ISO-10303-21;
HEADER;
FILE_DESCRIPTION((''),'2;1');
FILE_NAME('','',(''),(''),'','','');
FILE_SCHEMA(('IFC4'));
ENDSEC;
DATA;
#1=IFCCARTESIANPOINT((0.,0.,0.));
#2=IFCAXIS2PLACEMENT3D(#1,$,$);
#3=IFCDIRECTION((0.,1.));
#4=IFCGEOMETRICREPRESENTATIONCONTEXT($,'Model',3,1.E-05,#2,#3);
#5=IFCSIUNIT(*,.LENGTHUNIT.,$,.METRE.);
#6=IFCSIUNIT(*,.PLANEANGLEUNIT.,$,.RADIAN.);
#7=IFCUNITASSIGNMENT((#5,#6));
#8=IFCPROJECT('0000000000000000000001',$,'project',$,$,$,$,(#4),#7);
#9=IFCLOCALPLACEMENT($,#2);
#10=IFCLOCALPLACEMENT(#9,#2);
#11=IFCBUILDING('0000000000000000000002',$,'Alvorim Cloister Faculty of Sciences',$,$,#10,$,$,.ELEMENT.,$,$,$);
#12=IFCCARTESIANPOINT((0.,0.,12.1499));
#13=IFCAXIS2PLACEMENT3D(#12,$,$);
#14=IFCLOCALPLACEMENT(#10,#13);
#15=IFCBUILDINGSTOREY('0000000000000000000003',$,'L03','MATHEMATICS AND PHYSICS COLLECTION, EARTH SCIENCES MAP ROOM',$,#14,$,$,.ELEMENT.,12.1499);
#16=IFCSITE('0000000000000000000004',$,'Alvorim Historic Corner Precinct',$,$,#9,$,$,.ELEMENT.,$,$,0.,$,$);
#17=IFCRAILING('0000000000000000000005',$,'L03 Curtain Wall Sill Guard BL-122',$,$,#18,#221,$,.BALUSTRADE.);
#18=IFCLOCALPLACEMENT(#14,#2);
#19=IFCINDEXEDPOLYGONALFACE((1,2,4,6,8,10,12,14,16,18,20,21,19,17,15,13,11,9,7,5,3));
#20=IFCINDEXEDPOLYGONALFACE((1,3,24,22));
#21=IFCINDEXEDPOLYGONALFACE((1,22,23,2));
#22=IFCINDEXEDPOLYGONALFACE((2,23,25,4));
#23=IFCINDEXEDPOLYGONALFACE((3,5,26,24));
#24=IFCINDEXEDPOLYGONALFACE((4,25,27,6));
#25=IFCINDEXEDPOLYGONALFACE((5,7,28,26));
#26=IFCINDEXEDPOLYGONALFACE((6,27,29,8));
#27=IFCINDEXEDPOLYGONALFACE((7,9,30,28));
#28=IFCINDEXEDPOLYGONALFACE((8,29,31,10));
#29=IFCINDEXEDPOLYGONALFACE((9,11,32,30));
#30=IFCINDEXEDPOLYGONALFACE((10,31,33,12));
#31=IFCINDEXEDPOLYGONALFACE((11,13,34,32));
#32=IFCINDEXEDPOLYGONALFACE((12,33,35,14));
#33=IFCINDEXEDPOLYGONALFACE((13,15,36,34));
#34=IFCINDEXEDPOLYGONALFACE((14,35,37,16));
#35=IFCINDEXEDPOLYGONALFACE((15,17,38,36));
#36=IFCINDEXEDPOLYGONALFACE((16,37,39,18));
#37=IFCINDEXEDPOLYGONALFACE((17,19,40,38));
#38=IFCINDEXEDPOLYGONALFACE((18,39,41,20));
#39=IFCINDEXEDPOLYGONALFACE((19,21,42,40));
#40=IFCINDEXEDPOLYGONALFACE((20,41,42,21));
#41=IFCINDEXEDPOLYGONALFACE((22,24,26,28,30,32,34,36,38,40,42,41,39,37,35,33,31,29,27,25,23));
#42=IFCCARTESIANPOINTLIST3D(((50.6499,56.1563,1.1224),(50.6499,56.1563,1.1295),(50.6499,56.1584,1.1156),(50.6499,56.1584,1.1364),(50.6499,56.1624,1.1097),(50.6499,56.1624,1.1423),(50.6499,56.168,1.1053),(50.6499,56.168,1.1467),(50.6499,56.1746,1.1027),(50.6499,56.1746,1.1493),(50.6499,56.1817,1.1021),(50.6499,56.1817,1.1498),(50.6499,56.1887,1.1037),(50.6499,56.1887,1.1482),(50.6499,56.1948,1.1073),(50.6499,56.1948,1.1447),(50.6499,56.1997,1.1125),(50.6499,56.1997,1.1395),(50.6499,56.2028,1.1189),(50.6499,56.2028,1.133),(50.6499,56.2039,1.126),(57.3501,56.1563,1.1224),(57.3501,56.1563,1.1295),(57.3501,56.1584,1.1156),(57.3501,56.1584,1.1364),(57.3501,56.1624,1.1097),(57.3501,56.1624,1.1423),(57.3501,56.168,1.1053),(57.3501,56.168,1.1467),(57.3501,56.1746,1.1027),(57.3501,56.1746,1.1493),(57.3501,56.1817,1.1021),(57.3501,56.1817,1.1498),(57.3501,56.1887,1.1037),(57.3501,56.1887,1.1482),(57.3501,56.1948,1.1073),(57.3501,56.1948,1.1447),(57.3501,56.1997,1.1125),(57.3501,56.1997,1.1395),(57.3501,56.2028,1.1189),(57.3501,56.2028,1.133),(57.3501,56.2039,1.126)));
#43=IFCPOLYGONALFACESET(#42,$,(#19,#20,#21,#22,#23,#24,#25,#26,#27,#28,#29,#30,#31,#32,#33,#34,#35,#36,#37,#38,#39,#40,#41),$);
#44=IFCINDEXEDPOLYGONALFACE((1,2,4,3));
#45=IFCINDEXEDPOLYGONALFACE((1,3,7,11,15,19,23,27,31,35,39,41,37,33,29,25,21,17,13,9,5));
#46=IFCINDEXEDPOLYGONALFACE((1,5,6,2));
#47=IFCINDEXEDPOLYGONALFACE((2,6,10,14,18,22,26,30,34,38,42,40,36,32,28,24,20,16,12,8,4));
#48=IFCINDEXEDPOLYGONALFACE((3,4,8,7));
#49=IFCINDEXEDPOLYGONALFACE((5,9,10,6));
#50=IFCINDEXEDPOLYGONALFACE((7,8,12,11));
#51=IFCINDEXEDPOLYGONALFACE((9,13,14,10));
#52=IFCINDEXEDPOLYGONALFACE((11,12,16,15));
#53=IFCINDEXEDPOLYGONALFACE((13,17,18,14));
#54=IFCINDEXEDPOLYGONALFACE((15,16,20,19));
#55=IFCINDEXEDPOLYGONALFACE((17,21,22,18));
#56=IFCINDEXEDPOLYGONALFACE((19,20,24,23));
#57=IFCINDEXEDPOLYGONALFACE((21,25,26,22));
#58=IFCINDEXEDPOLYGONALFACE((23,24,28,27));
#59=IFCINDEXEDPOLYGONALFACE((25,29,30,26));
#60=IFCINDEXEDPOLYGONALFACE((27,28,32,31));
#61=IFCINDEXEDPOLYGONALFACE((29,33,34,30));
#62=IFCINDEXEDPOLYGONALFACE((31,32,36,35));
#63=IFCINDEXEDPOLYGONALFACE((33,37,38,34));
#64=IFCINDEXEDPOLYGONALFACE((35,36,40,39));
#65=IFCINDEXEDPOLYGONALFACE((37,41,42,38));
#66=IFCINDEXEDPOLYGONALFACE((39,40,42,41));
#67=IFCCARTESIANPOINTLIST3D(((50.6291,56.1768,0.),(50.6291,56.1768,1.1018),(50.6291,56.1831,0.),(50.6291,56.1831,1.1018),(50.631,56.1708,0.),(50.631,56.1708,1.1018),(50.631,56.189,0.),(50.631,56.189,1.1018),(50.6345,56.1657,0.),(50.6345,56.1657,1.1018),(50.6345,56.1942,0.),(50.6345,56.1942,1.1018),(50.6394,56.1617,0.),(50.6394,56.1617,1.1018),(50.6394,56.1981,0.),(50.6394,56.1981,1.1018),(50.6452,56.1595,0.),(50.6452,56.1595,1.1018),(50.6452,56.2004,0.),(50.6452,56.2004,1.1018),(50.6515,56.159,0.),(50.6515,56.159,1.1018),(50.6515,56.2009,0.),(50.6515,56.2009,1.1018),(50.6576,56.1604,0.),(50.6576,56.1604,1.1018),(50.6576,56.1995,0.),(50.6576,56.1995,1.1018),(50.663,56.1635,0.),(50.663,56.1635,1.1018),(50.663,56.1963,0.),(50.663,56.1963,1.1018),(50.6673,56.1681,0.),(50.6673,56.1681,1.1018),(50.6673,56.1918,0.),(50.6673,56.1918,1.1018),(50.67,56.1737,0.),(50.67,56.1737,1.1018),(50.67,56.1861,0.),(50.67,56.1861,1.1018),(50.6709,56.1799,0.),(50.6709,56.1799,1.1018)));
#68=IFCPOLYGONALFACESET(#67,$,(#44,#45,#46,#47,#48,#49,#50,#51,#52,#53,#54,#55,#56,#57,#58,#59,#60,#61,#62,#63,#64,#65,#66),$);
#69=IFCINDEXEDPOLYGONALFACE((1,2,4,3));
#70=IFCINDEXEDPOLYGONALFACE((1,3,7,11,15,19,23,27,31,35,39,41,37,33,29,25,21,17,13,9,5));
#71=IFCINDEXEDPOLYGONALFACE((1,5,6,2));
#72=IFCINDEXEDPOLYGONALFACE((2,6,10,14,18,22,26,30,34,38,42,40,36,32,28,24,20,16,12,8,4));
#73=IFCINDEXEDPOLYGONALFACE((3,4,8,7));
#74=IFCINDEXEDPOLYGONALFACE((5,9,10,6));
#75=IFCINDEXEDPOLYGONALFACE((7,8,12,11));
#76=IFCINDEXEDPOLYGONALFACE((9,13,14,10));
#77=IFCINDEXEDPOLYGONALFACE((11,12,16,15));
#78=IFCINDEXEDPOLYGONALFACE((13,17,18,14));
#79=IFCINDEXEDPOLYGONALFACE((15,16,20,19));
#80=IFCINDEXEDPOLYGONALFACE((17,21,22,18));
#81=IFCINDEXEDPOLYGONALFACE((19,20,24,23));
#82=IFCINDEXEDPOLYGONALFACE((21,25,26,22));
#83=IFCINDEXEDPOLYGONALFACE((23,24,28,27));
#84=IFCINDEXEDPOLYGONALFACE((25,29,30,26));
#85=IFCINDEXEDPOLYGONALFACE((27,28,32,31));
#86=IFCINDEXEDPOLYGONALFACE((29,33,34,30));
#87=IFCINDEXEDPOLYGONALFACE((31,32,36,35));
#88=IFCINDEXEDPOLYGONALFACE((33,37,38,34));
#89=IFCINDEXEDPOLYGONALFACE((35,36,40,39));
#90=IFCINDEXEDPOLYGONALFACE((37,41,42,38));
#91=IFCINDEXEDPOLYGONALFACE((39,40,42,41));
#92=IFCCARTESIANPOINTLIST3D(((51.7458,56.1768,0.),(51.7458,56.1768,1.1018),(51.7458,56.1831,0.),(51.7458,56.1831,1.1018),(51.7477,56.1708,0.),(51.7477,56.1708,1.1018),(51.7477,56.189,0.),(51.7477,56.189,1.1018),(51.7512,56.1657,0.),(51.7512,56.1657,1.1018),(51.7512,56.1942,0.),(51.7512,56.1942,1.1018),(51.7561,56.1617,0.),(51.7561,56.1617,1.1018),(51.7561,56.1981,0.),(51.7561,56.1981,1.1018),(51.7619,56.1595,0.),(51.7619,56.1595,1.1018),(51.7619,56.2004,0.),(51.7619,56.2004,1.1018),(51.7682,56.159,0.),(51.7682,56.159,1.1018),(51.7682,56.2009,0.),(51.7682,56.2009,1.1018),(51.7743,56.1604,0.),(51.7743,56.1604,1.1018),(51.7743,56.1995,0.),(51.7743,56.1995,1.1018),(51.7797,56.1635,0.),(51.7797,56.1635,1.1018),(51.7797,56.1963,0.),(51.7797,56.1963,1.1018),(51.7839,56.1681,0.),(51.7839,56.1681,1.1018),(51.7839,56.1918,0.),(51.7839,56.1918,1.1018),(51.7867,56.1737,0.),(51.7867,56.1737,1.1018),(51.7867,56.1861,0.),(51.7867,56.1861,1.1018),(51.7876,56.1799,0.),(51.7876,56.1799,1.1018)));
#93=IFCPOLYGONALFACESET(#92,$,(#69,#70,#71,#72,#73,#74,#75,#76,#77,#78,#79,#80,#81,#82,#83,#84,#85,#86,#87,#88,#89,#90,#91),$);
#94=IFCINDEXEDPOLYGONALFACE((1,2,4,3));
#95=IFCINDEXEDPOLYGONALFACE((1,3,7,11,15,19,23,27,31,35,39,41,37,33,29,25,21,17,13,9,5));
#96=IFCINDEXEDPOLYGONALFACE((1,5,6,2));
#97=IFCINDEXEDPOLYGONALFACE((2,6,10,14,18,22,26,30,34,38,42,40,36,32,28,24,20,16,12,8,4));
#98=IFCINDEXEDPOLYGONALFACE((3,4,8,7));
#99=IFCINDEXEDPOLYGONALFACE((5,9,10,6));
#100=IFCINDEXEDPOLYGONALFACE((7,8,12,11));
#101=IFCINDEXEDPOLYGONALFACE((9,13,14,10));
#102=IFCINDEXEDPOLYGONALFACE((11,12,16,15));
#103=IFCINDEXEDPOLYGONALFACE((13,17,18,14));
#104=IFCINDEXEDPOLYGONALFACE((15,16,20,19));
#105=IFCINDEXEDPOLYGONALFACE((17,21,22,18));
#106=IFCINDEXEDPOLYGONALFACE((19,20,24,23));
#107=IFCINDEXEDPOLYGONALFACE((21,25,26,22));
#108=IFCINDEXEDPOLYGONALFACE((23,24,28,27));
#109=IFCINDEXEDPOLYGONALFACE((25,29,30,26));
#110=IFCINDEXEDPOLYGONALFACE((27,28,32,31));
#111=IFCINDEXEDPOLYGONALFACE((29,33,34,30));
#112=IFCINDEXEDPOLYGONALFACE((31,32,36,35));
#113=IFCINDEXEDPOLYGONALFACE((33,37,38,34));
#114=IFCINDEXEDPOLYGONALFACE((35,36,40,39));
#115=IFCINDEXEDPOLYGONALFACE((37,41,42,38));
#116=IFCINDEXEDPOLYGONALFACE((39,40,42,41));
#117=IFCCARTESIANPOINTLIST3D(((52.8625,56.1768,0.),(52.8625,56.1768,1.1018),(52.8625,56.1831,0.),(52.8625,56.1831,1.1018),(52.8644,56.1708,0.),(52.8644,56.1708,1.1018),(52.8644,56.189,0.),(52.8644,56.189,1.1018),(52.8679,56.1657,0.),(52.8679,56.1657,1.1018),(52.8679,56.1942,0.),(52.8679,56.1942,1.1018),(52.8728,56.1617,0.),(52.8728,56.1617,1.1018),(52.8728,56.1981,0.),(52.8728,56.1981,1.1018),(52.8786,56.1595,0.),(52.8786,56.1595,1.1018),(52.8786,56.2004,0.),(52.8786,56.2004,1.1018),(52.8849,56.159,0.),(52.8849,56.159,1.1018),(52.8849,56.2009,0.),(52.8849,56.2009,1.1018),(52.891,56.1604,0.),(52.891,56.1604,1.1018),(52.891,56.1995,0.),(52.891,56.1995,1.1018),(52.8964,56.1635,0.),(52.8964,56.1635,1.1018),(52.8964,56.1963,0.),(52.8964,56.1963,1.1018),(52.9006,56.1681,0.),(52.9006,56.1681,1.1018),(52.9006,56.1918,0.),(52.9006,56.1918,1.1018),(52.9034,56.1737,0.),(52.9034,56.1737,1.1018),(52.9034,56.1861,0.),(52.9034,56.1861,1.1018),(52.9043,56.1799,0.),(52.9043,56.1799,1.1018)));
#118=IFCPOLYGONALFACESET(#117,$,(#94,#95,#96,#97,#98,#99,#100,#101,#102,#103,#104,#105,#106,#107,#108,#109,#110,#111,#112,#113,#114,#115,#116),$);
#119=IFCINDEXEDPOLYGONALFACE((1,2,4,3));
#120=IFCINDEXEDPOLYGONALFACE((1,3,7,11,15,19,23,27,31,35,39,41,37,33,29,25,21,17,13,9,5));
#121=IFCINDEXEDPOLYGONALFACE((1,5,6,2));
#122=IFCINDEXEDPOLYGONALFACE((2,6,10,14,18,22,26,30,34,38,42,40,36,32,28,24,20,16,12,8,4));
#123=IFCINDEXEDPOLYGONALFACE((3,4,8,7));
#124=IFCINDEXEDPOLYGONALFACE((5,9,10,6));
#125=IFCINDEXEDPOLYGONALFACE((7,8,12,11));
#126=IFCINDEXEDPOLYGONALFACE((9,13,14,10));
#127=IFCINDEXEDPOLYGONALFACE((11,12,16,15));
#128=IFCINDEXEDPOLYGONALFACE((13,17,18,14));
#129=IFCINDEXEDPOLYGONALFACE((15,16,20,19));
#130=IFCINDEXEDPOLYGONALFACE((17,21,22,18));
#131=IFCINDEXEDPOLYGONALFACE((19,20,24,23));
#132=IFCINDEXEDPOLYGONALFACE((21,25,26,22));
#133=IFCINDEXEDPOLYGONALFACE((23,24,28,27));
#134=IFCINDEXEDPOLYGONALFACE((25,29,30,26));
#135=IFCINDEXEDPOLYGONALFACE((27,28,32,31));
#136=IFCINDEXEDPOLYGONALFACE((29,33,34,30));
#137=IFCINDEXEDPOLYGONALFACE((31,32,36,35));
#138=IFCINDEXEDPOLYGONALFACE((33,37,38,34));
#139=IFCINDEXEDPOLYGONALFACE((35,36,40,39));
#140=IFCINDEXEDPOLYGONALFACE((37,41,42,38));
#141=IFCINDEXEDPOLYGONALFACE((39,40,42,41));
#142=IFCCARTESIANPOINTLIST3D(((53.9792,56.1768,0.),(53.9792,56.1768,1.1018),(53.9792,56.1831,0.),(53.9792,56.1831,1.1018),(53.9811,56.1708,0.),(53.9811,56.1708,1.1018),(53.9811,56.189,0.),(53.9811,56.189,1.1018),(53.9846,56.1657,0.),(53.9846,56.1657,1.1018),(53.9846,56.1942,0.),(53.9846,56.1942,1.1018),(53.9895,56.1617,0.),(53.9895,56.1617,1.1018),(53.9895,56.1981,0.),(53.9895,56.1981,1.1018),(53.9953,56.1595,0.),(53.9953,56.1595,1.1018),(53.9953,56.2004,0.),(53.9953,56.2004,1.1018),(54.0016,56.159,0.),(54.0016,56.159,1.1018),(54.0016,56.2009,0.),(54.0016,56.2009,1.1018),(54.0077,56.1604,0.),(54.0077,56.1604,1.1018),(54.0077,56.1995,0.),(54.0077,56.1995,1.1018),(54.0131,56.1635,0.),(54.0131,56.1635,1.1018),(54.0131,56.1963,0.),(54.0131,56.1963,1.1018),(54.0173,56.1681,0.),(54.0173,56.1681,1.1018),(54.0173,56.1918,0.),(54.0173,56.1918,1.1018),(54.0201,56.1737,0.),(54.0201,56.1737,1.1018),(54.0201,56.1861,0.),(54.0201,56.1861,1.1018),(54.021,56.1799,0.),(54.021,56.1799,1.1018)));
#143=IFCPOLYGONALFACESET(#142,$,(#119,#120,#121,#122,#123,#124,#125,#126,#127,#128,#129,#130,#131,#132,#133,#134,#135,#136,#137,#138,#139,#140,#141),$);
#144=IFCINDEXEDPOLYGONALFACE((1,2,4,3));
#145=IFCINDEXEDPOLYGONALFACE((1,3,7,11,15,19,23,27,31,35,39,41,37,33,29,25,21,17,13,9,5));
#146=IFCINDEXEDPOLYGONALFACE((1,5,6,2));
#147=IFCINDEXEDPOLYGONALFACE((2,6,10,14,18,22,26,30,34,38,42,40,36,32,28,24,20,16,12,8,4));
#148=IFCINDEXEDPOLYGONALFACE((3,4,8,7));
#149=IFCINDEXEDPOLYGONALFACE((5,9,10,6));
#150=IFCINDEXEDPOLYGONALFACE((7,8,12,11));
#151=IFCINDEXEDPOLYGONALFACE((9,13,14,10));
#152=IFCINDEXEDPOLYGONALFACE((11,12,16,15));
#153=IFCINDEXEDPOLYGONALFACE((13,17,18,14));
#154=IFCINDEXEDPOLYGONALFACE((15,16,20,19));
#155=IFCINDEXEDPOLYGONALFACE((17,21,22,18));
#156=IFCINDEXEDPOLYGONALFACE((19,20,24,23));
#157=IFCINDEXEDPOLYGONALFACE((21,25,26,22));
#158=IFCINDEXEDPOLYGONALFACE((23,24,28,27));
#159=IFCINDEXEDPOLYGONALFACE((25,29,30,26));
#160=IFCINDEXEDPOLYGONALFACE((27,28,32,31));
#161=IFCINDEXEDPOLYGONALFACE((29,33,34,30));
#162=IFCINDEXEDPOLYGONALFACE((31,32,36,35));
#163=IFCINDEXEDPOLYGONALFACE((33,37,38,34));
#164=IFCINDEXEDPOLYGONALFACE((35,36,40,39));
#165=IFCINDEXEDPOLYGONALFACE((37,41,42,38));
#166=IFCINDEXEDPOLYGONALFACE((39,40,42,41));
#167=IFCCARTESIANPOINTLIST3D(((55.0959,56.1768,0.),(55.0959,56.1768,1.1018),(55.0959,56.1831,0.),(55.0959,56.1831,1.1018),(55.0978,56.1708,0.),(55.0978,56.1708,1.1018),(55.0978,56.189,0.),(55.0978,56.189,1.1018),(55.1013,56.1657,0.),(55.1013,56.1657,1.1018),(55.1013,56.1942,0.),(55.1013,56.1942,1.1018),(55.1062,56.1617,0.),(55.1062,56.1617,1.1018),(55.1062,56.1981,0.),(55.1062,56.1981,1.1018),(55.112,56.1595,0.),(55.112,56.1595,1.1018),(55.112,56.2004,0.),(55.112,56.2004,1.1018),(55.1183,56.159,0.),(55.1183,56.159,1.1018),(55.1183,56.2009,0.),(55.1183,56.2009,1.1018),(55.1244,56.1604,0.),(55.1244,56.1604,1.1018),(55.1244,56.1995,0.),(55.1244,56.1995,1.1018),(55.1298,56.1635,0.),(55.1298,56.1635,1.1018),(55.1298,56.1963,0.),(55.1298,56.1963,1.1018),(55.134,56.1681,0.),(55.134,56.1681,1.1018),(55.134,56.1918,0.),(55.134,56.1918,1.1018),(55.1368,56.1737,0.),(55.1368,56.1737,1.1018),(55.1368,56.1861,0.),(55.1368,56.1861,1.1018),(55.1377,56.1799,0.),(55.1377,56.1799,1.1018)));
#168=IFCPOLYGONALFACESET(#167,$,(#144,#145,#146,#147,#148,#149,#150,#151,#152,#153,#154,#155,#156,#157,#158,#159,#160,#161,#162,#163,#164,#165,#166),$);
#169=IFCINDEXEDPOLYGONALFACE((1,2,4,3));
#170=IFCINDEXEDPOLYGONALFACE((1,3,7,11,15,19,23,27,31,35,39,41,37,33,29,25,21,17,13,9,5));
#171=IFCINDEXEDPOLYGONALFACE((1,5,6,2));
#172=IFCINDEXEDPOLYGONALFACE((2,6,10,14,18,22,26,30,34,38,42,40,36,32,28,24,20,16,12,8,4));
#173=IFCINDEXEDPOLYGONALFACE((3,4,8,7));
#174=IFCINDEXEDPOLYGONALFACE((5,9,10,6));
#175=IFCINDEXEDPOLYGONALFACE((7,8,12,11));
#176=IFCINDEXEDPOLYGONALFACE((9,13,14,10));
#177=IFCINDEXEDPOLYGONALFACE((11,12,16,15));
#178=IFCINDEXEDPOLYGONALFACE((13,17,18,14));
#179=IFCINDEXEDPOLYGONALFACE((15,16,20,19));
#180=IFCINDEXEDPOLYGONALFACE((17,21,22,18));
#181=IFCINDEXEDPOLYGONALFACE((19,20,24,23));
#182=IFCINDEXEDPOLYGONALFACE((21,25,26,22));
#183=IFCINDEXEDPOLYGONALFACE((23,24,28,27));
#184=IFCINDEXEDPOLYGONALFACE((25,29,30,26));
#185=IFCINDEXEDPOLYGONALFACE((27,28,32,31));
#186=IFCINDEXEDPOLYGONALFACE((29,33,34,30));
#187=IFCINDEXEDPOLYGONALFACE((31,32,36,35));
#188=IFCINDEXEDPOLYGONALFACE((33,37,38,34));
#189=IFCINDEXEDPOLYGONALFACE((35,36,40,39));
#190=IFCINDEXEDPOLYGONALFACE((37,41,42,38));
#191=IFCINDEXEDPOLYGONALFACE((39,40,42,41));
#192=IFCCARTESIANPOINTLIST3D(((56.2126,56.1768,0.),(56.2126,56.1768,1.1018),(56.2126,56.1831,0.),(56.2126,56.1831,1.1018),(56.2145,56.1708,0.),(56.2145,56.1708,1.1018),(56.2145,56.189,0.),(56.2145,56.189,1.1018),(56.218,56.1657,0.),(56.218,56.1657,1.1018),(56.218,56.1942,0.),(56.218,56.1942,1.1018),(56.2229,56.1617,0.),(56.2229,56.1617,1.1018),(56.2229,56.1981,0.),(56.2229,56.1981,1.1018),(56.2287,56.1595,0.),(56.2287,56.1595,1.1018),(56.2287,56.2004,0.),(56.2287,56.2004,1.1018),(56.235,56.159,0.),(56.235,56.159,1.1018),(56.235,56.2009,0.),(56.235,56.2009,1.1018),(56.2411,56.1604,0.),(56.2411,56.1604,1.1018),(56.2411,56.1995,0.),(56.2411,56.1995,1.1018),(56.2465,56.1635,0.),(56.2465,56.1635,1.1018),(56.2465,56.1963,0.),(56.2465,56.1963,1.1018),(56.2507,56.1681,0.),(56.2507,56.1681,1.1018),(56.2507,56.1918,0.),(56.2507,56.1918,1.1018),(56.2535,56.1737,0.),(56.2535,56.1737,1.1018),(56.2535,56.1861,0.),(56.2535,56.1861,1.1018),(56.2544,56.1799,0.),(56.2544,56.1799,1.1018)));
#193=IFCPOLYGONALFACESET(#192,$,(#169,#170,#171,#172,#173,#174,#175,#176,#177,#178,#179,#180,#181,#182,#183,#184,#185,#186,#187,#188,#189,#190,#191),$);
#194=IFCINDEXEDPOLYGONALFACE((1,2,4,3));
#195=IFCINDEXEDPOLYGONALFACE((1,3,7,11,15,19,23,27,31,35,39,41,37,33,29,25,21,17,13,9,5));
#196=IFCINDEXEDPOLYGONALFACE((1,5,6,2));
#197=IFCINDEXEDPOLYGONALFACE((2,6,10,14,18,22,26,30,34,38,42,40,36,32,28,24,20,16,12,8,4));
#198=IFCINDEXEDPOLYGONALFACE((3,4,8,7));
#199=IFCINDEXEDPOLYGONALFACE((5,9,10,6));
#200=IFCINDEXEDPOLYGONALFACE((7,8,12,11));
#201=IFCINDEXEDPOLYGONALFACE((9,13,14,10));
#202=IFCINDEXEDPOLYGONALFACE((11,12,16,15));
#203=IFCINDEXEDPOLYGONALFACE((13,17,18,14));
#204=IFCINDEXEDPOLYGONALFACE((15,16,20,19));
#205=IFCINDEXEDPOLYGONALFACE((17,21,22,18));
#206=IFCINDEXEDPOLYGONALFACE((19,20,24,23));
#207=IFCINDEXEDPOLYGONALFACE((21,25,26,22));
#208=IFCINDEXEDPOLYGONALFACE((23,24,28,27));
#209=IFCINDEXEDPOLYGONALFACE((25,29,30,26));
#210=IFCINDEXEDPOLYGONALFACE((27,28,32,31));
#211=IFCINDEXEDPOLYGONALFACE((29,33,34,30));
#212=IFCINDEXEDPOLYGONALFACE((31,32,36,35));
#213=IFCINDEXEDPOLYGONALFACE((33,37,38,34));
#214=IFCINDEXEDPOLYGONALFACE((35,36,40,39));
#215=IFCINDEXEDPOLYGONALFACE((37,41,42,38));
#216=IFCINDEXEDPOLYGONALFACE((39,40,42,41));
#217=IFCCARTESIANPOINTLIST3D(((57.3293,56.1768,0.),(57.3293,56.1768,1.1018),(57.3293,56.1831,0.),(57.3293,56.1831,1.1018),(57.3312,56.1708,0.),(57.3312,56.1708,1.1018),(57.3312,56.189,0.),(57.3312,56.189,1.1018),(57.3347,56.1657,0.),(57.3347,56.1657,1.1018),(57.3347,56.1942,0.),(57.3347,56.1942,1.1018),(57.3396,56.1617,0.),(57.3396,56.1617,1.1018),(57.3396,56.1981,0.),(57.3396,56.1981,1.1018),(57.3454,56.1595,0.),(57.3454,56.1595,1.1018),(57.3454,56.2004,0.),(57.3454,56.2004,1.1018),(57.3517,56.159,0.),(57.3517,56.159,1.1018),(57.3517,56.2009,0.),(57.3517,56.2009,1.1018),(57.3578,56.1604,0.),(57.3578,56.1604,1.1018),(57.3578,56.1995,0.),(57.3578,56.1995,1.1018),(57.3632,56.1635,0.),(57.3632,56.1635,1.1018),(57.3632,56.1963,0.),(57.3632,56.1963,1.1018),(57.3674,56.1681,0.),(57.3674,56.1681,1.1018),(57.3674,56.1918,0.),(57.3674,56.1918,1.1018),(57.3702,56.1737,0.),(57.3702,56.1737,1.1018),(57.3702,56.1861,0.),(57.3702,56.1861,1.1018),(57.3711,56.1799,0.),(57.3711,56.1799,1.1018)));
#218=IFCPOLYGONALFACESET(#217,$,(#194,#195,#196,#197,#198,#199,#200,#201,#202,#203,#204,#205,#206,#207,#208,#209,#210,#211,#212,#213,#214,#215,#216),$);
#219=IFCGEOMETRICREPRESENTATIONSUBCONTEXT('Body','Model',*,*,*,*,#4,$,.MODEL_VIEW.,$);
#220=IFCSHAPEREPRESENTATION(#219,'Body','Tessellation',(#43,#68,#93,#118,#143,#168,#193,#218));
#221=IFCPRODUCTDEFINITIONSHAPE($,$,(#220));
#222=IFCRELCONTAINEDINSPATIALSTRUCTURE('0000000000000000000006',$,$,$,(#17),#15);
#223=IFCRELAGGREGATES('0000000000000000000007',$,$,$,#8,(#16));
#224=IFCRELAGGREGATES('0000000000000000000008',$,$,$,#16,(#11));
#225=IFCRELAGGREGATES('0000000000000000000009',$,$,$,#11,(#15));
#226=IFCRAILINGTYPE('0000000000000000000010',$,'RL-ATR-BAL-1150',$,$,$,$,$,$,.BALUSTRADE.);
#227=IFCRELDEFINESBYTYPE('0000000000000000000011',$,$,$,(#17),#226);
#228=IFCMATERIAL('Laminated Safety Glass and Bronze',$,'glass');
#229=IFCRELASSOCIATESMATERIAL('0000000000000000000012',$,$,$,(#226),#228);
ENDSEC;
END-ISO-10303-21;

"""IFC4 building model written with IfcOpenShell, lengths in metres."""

from ifc_helpers import new_model, si_unit, direction, frame, origin, origin_2d, place, context, subcontext, project, spatial, circle, extrude, material, type_object, element, save


model = new_model("IFC4")

# Units and contexts
model_context = context("Model", 3, precision=1e-05, world=origin(), true_north=direction((0.0, 1.0)))
body_context = subcontext(model_context, "Body", "Model", "MODEL_VIEW")
ifc_project = project(units=[si_unit("LENGTHUNIT", "METRE"), si_unit("PLANEANGLEUNIT", "RADIAN")], contexts=[model_context])

# Site, building, storey
site_placement = place(None, origin())
site = spatial("IfcSite", under=ifc_project, at=site_placement, Name="Alvorim Historic Corner Precinct", CompositionType="ELEMENT", RefElevation=0.0)
building_placement = place(site_placement, origin())
building = spatial("IfcBuilding", under=site, at=building_placement, Name="Alvorim Cloister Faculty of Sciences", CompositionType="ELEMENT")
storey_placement = place(building_placement, frame((0.0, 0.0, 12.1499)))
storey = spatial("IfcBuildingStorey", under=building, at=storey_placement, Name="L03", Description="MATHEMATICS AND PHYSICS COLLECTION, EARTH SCIENCES MAP ROOM", CompositionType="ELEMENT", Elevation=12.1499)

# Railing
ifc_material_1 = material(Name="Laminated Safety Glass and Bronze", Category="glass")
railing_type = type_object("IfcRailingType", Name="RL-ATR-BAL-1150", PredefinedType="BALUSTRADE", material=ifc_material_1)
railing_placement = place(storey_placement, frame((50.6499, 56.1799, 0.0)))
element("IfcRailing", 1, at=railing_placement, inside=storey, type_object=railing_type, Name="L03 Curtain Wall Sill Guard BL-122", PredefinedType="BALUSTRADE", context=body_context, shape_type="SweptSolid", body=[
    extrude(circle(Radius=0.0239, at=origin_2d()), frame((0.0, 0.0, 1.126), z_axis=(1.0, 0.0, 0.0), x_axis=(0.0, 1.0, 0.0)), (0.0, 0.0, 1.0), 6.7002),
    extrude(circle(Radius=0.021, at=origin_2d()), origin(), (0.0, 0.0, 1.0), 1.1018),
    extrude(circle(Radius=0.021, at=origin_2d()), frame((1.1167, 0.0, 0.0)), (0.0, 0.0, 1.0), 1.1018),
    extrude(circle(Radius=0.021, at=origin_2d()), frame((2.2334, 0.0, 0.0)), (0.0, 0.0, 1.0), 1.1018),
    extrude(circle(Radius=0.021, at=origin_2d()), frame((3.3501, 0.0, 0.0)), (0.0, 0.0, 1.0), 1.1018),
    extrude(circle(Radius=0.021, at=origin_2d()), frame((4.4668, 0.0, 0.0)), (0.0, 0.0, 1.0), 1.1018),
    extrude(circle(Radius=0.021, at=origin_2d()), frame((5.5835, 0.0, 0.0)), (0.0, 0.0, 1.0), 1.1018),
    extrude(circle(Radius=0.021, at=origin_2d()), frame((6.7002, 0.0, 0.0)), (0.0, 0.0, 1.0), 1.1018),
])

save(model, "model.ifc")
